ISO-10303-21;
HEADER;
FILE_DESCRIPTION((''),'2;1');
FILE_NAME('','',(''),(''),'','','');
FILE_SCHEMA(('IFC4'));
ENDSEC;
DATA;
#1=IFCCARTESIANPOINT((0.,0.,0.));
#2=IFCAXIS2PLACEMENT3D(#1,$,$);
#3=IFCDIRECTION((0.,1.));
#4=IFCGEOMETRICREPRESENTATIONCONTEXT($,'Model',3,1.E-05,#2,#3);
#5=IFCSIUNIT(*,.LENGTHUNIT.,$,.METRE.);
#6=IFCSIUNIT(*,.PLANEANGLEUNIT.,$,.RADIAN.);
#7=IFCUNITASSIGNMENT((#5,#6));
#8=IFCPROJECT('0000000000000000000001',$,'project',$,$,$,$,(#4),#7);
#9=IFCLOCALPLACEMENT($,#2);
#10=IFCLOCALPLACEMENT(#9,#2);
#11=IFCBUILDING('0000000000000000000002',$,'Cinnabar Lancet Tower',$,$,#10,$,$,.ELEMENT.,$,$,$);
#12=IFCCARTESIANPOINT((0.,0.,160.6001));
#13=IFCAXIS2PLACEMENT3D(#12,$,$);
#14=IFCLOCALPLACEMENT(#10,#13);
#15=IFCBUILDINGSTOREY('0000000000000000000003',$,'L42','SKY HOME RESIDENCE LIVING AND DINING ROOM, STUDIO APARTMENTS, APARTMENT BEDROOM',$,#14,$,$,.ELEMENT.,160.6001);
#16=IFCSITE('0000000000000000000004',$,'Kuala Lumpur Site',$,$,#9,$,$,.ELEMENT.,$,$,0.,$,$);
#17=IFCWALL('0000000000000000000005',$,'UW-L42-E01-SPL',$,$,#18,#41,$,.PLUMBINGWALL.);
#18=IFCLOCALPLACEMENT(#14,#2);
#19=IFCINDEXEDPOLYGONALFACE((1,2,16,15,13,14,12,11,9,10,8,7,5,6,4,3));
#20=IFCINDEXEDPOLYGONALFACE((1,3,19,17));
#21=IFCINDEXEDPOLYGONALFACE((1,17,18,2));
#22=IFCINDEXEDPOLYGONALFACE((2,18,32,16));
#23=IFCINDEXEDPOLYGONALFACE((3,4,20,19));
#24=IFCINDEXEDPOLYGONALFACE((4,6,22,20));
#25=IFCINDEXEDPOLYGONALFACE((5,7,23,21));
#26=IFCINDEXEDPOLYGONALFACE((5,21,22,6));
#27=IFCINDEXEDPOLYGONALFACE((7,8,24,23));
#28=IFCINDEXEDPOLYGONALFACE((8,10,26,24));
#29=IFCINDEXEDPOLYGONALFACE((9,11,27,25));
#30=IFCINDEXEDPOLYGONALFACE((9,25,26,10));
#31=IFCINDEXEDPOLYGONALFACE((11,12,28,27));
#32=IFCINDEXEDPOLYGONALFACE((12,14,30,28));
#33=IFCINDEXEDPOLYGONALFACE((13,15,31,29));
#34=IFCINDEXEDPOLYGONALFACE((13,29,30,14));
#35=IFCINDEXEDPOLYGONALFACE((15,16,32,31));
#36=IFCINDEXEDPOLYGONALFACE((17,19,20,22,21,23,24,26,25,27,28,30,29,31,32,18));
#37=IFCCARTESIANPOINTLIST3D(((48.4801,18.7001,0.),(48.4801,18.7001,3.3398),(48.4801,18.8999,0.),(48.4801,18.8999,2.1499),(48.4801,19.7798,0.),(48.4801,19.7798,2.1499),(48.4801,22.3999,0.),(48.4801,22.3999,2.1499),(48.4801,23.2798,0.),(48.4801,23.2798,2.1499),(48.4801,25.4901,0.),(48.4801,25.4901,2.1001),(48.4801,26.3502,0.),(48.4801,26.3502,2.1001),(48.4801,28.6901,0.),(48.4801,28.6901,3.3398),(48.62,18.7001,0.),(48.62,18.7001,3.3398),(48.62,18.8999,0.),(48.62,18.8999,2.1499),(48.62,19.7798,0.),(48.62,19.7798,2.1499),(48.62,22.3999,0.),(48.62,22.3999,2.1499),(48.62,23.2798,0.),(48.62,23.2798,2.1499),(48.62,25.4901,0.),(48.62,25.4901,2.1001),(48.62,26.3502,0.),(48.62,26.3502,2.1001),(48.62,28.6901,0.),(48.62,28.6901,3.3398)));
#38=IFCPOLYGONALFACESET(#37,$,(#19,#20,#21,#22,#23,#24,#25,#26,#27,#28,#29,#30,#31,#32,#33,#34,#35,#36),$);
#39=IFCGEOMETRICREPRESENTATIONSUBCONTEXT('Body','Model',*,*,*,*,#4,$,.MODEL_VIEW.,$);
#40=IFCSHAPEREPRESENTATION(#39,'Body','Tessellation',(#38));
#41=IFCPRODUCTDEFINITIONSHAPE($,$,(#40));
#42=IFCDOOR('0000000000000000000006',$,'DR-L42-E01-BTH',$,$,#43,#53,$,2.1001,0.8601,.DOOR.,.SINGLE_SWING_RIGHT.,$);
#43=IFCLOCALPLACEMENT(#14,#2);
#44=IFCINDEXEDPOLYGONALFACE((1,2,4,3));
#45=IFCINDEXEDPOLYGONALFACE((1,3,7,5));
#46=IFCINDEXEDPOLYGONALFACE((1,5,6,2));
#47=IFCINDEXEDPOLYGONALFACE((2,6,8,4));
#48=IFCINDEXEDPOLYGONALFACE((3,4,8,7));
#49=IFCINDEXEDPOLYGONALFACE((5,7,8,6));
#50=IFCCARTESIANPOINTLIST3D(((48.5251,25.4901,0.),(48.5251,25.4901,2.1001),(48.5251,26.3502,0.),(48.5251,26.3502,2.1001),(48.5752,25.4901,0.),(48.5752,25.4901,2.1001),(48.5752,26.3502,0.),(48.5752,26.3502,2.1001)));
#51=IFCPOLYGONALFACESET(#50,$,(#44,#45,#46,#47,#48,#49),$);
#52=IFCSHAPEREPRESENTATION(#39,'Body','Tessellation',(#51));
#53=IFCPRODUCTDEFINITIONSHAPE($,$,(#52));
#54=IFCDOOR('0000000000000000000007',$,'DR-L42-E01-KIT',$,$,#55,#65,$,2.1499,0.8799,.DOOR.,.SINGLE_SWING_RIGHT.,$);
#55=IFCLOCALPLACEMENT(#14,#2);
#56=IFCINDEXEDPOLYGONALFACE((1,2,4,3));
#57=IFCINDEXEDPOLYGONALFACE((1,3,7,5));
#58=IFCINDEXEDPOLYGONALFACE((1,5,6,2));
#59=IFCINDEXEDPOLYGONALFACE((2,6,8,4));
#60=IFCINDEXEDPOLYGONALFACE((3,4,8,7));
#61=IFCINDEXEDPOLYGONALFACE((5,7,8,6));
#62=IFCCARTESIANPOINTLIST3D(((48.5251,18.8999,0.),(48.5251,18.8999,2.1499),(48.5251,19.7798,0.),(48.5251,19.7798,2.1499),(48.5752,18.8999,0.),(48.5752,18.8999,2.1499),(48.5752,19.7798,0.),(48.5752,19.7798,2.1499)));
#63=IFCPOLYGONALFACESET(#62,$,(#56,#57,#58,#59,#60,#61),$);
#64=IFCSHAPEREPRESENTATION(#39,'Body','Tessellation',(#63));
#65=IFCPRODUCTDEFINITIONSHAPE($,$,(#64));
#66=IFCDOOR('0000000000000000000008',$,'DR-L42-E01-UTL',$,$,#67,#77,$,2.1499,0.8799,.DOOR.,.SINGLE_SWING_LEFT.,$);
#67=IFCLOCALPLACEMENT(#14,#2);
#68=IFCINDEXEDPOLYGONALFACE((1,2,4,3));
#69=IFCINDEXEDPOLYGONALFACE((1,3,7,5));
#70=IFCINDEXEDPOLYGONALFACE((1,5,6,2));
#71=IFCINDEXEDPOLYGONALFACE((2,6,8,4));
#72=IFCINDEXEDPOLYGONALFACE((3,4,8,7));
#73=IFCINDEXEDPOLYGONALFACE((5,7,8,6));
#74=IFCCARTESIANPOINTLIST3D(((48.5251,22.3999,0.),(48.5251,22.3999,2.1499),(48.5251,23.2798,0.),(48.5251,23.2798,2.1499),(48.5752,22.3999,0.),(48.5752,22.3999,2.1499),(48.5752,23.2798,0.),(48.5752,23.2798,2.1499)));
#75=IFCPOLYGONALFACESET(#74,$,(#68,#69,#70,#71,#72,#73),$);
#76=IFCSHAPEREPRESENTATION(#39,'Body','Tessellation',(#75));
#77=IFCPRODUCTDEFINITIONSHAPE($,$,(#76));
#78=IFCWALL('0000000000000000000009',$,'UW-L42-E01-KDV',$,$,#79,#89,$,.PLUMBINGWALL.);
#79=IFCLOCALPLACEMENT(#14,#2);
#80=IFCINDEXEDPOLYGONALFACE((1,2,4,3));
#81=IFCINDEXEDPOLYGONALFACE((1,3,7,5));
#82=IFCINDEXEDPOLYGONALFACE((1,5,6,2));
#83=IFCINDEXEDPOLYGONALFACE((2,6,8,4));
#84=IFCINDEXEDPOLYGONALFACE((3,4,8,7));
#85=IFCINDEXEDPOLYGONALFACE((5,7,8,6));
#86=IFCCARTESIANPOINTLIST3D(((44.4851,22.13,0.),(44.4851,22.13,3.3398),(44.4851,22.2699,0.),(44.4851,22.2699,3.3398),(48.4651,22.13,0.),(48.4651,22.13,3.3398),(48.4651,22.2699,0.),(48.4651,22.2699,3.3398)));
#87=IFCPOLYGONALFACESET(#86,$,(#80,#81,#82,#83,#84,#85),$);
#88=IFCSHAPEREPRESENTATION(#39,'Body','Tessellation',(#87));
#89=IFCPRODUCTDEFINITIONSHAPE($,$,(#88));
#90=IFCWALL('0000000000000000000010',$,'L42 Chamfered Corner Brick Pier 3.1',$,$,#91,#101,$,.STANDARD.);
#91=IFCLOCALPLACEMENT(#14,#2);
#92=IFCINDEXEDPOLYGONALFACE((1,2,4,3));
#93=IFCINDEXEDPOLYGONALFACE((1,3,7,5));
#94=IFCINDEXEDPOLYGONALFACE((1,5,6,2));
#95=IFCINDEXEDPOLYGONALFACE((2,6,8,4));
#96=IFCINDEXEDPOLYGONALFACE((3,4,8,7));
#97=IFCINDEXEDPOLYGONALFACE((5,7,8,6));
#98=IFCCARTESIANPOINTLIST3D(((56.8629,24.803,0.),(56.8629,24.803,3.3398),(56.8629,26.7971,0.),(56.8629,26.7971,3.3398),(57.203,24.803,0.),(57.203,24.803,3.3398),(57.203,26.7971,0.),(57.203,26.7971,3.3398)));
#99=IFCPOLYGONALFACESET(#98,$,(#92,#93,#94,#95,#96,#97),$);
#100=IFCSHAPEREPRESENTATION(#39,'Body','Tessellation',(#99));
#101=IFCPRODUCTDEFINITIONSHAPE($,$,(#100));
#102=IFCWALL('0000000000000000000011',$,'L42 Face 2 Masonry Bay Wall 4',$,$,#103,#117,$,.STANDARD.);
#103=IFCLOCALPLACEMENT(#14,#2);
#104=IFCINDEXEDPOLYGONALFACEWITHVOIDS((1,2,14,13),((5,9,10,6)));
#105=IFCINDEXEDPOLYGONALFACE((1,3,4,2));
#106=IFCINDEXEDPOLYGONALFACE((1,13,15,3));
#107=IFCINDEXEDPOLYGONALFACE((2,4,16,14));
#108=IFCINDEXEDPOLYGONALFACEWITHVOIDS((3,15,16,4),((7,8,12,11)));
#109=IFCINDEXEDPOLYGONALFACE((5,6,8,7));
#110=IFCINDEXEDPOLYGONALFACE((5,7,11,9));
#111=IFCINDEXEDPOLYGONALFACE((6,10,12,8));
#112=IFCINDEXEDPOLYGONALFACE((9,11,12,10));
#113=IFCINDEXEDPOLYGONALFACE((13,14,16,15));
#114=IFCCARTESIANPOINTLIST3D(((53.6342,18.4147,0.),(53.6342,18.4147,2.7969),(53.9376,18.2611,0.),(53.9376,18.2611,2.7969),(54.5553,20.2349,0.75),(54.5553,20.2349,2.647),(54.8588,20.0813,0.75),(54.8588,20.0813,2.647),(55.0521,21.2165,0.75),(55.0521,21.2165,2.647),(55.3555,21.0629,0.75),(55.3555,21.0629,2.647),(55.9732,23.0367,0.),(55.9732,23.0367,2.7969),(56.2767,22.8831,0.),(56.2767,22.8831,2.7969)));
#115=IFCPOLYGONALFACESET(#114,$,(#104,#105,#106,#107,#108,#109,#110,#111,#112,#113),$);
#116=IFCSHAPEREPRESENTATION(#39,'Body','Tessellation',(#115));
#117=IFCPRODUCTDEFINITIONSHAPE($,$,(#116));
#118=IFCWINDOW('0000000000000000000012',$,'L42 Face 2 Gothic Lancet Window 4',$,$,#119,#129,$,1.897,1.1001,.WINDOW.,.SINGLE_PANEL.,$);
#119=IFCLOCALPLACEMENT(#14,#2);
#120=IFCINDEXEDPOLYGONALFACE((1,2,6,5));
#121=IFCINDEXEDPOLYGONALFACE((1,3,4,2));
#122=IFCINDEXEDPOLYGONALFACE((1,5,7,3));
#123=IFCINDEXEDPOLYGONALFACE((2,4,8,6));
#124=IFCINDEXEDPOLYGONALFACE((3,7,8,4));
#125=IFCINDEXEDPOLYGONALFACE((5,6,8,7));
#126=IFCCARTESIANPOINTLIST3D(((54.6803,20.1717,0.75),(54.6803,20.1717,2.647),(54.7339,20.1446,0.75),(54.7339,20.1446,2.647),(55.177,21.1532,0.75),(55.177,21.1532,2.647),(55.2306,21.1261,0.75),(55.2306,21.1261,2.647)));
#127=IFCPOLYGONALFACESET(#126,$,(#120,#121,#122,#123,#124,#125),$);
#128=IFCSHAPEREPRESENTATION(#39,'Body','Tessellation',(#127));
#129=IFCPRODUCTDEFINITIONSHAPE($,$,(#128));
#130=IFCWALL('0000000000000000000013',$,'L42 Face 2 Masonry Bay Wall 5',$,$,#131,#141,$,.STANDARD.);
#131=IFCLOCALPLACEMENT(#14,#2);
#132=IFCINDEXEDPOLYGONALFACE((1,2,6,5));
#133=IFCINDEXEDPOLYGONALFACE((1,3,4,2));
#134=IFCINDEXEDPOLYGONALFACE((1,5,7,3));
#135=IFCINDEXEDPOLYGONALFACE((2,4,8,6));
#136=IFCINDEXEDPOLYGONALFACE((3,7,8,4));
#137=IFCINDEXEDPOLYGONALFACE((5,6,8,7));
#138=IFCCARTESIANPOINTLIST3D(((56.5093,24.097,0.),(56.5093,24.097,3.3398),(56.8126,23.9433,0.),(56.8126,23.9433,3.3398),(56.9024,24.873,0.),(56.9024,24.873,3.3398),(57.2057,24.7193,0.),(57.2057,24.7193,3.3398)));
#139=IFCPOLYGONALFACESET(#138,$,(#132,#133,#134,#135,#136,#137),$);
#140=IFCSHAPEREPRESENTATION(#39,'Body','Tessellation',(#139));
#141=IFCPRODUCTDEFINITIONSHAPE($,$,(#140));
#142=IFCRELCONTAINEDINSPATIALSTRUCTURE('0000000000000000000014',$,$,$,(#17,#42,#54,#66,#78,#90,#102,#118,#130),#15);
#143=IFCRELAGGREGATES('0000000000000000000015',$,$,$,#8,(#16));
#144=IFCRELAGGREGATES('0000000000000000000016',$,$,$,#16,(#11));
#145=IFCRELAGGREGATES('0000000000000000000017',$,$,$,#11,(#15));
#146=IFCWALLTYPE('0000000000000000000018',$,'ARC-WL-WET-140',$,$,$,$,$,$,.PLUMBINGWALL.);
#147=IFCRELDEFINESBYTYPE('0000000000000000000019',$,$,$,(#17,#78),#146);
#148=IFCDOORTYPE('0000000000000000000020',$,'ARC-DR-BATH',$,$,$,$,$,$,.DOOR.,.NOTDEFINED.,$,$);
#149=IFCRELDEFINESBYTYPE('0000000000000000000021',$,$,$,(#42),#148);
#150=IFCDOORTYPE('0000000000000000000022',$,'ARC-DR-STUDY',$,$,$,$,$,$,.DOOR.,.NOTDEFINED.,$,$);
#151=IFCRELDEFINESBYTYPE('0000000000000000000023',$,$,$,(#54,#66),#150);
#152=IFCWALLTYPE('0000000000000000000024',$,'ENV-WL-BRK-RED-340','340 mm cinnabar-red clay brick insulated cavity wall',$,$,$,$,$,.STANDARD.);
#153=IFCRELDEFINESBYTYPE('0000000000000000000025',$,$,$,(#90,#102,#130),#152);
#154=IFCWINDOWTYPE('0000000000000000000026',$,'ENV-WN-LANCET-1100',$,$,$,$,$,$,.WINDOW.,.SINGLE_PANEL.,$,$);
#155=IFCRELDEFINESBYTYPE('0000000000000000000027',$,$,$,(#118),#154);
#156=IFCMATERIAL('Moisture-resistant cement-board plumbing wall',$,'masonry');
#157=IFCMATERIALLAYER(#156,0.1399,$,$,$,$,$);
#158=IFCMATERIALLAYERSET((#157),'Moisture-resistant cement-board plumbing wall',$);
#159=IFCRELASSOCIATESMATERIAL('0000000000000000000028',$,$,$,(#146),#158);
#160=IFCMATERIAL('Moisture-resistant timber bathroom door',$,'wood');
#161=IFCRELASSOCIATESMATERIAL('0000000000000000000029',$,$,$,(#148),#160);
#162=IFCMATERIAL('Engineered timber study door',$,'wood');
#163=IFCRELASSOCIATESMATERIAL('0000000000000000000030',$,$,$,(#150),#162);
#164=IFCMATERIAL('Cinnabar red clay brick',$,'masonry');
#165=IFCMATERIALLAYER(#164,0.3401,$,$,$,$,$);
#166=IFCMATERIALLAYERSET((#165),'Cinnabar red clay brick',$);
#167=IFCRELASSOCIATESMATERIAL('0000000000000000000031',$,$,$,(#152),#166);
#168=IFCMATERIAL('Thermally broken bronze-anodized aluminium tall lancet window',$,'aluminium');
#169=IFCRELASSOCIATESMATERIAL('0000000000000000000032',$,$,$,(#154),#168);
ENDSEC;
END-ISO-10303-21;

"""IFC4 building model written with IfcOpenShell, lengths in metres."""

from ifc_helpers import new_model, si_unit, direction, frame, frame_2d, origin, place, context, subcontext, project, spatial, rectangle, extrude, material, layer, layer_set, type_object, element, fill, save


model = new_model("IFC4")

# Units and contexts
model_context = context("Model", 3, precision=1e-05, world=origin(), true_north=direction((0.0, 1.0)))
body_context = subcontext(model_context, "Body", "Model", "MODEL_VIEW")
ifc_project = project(units=[si_unit("LENGTHUNIT", "METRE"), si_unit("PLANEANGLEUNIT", "RADIAN")], contexts=[model_context])

# Site, building, storey
site_placement = place(None, origin())
site = spatial("IfcSite", under=ifc_project, at=site_placement, Name="Kuala Lumpur Site", CompositionType="ELEMENT", RefElevation=0.0)
building_placement = place(site_placement, origin())
building = spatial("IfcBuilding", under=site, at=building_placement, Name="Cinnabar Lancet Tower", CompositionType="ELEMENT")
storey_placement = place(building_placement, frame((0.0, 0.0, 160.6001)))
storey = spatial("IfcBuildingStorey", under=building, at=storey_placement, Name="L42", Description="SKY HOME RESIDENCE LIVING AND DINING ROOM, STUDIO APARTMENTS, APARTMENT BEDROOM", CompositionType="ELEMENT", Elevation=160.6001)

# Wall, openings, doors
ifc_material_1 = material(Name="Moisture-resistant cement-board plumbing wall", Category="masonry")
ifc_layer_1 = layer(ifc_material_1, 0.1399)
ifc_layer_set_1 = layer_set([ifc_layer_1], Name="Moisture-resistant cement-board plumbing wall")
wall_type_1 = type_object("IfcWallType", Name="ARC-WL-WET-140", PredefinedType="PLUMBINGWALL", material=ifc_layer_set_1)
wall_1_placement = place(storey_placement, frame((48.55, 18.7, 0.0), z_axis=(0.0, 0.0, 1.0), x_axis=(0.0, 1.0, 0.0)))
wall_1 = element("IfcWall", 1, at=wall_1_placement, inside=storey, type_object=wall_type_1, Name="UW-L42-E01-SPL", PredefinedType="PLUMBINGWALL", context=body_context, shape_type="SweptSolid", body=[
    extrude(rectangle(XDim=9.99, YDim=0.1399, at=frame_2d((4.9951, 0.0))), origin(), (0.0, 0.0, 1.0), 3.3398),
])
opening_1_placement = place(wall_1_placement, frame((0.2, 0.0, 0.0)))
opening_1 = element("IfcOpeningElement", 2, at=opening_1_placement, cuts=wall_1, PredefinedType="OPENING", context=body_context, shape_type="SweptSolid", body=[
    extrude(rectangle(XDim=0.8799, YDim=2.1499, at=frame_2d((0.4399, 1.075))), frame((0.0, 0.0798, 0.0), z_axis=(0.0, -1.0, 0.0), x_axis=(1.0, 0.0, 0.0)), (0.0, 0.0, 1.0), 0.1599),
])
opening_2_placement = place(wall_1_placement, frame((3.7, 0.0, 0.0)))
opening_2 = element("IfcOpeningElement", 3, at=opening_2_placement, cuts=wall_1, PredefinedType="OPENING", context=body_context, shape_type="SweptSolid", body=[
    extrude(rectangle(XDim=0.8799, YDim=2.1499, at=frame_2d((0.4399, 1.075))), frame((0.0, 0.0798, 0.0), z_axis=(0.0, -1.0, 0.0), x_axis=(1.0, 0.0, 0.0)), (0.0, 0.0, 1.0), 0.1599),
])
opening_3_placement = place(wall_1_placement, frame((6.79, 0.0, 0.0)))
opening_3 = element("IfcOpeningElement", 4, at=opening_3_placement, cuts=wall_1, PredefinedType="OPENING", context=body_context, shape_type="SweptSolid", body=[
    extrude(rectangle(XDim=0.8601, YDim=2.1001, at=frame_2d((0.4302, 1.05))), frame((0.0, 0.0798, 0.0), z_axis=(0.0, -1.0, 0.0), x_axis=(1.0, 0.0, 0.0)), (0.0, 0.0, 1.0), 0.1599),
])
ifc_material_2 = material(Name="Moisture-resistant timber bathroom door", Category="wood")
door_type_1 = type_object("IfcDoorType", Name="ARC-DR-BATH", OperationType="NOTDEFINED", PredefinedType="DOOR", material=ifc_material_2)
door_1_placement = place(opening_3_placement, origin())
door_1 = element("IfcDoor", 5, at=door_1_placement, inside=storey, type_object=door_type_1, Name="DR-L42-E01-BTH", OperationType="SINGLE_SWING_RIGHT", OverallHeight=2.1001, OverallWidth=0.8601, PredefinedType="DOOR", context=body_context, shape_type="SweptSolid", body=[
    extrude(rectangle(XDim=0.8601, YDim=2.1001, at=frame_2d((0.4302, 1.05))), frame((0.0, 0.0249, 0.0), z_axis=(0.0, -1.0, 0.0), x_axis=(1.0, 0.0, 0.0)), (0.0, 0.0, 1.0), 0.05),
])
fill(opening_3, door_1)
ifc_material_3 = material(Name="Engineered timber study door", Category="wood")
door_type_2 = type_object("IfcDoorType", Name="ARC-DR-STUDY", OperationType="NOTDEFINED", PredefinedType="DOOR", material=ifc_material_3)
door_2_placement = place(opening_1_placement, origin())
door_2 = element("IfcDoor", 6, at=door_2_placement, inside=storey, type_object=door_type_2, Name="DR-L42-E01-KIT", OperationType="SINGLE_SWING_RIGHT", OverallHeight=2.1499, OverallWidth=0.8799, PredefinedType="DOOR", context=body_context, shape_type="SweptSolid", body=[
    extrude(rectangle(XDim=0.8799, YDim=2.1499, at=frame_2d((0.4399, 1.075))), frame((0.0, 0.0249, 0.0), z_axis=(0.0, -1.0, 0.0), x_axis=(1.0, 0.0, 0.0)), (0.0, 0.0, 1.0), 0.05),
])
fill(opening_1, door_2)
door_3_placement = place(opening_2_placement, origin())
door_3 = element("IfcDoor", 7, at=door_3_placement, inside=storey, type_object=door_type_2, Name="DR-L42-E01-UTL", OperationType="SINGLE_SWING_LEFT", OverallHeight=2.1499, OverallWidth=0.8799, PredefinedType="DOOR", context=body_context, shape_type="SweptSolid", body=[
    extrude(rectangle(XDim=0.8799, YDim=2.1499, at=frame_2d((0.4399, 1.075))), frame((0.0, 0.0249, 0.0), z_axis=(0.0, -1.0, 0.0), x_axis=(1.0, 0.0, 0.0)), (0.0, 0.0, 1.0), 0.05),
])
fill(opening_2, door_3)

# Walls
wall_2_placement = place(storey_placement, frame((44.4851, 22.2, 0.0), z_axis=(0.0, 0.0, 1.0), x_axis=(1.0, 0.0, 0.0)))
element("IfcWall", 8, at=wall_2_placement, inside=storey, type_object=wall_type_1, Name="UW-L42-E01-KDV", PredefinedType="PLUMBINGWALL", context=body_context, shape_type="SweptSolid", body=[
    extrude(rectangle(XDim=3.98, YDim=0.1399, at=frame_2d((1.99, 0.0))), origin(), (0.0, 0.0, 1.0), 3.3398),
])
ifc_material_4 = material(Name="Cinnabar red clay brick", Category="masonry")
ifc_layer_2 = layer(ifc_material_4, 0.3401)
ifc_layer_set_2 = layer_set([ifc_layer_2], Name="Cinnabar red clay brick")
wall_type_2 = type_object("IfcWallType", Name="ENV-WL-BRK-RED-340", Description="340 mm cinnabar-red clay brick insulated cavity wall", PredefinedType="STANDARD", material=ifc_layer_set_2)
wall_3_placement = place(storey_placement, frame((57.033, 24.803, 0.0), z_axis=(0.0, 0.0, 1.0), x_axis=(0.0, 1.0, 0.0)))
element("IfcWall", 9, at=wall_3_placement, inside=storey, type_object=wall_type_2, Name="L42 Chamfered Corner Brick Pier 3.1", PredefinedType="STANDARD", context=body_context, shape_type="SweptSolid", body=[
    extrude(rectangle(XDim=1.9941, YDim=0.3401, at=frame_2d((0.9971, 0.0))), origin(), (0.0, 0.0, 1.0), 3.3398),
])

# Wall, opening, window
wall_4_placement = place(storey_placement, frame((53.7859, 18.3379, 0.0), z_axis=(0.0, 0.0, 1.0), x_axis=(0.451544, 0.892249, 0.0)))
wall_4 = element("IfcWall", 10, at=wall_4_placement, inside=storey, type_object=wall_type_2, Name="L42 Face 2 Masonry Bay Wall 4", PredefinedType="STANDARD", context=body_context, shape_type="SweptSolid", body=[
    extrude(rectangle(XDim=5.1802, YDim=0.3401, at=frame_2d((2.5901, 0.0))), origin(), (0.0, 0.0, 1.0), 2.7969),
])
opening_4_placement = place(wall_4_placement, frame((2.04, 0.0, 0.75)))
opening_4 = element("IfcOpeningElement", 11, at=opening_4_placement, cuts=wall_4, PredefinedType="OPENING", context=body_context, shape_type="SweptSolid", body=[
    extrude(rectangle(XDim=1.1001, YDim=1.897, at=frame_2d((0.55, 0.9485))), frame((0.0, 0.1799, 0.0), z_axis=(0.0, -1.0, 0.0), x_axis=(1.0, 0.0, 0.0)), (0.0, 0.0, 1.0), 0.3601),
])
ifc_material_5 = material(Name="Thermally broken bronze-anodized aluminium tall lancet window", Category="aluminium")
window_type = type_object("IfcWindowType", Name="ENV-WN-LANCET-1100", PartitioningType="SINGLE_PANEL", PredefinedType="WINDOW", material=ifc_material_5)
window_placement = place(opening_4_placement, origin())
window = element("IfcWindow", 12, at=window_placement, inside=storey, type_object=window_type, Name="L42 Face 2 Gothic Lancet Window 4", OverallHeight=1.897, OverallWidth=1.1001, PartitioningType="SINGLE_PANEL", PredefinedType="WINDOW", context=body_context, shape_type="SweptSolid", body=[
    extrude(rectangle(XDim=1.1001, YDim=1.897, at=frame_2d((0.55, 0.9485))), frame((0.0, 0.03, 0.0), z_axis=(0.0, -1.0, 0.0), x_axis=(1.0, 0.0, 0.0)), (0.0, 0.0, 1.0), 0.0601),
])
fill(opening_4, window)

# Wall
wall_5_placement = place(storey_placement, frame((56.6609, 24.02, 0.0), z_axis=(0.0, 0.0, 1.0), x_axis=(0.451923, 0.892057, 0.0)))
element("IfcWall", 13, at=wall_5_placement, inside=storey, type_object=wall_type_2, Name="L42 Face 2 Masonry Bay Wall 5", PredefinedType="STANDARD", context=body_context, shape_type="SweptSolid", body=[
    extrude(rectangle(XDim=0.8699, YDim=0.3401, at=frame_2d((0.4351, 0.0))), origin(), (0.0, 0.0, 1.0), 3.3398),
])

save(model, "model.ifc")
